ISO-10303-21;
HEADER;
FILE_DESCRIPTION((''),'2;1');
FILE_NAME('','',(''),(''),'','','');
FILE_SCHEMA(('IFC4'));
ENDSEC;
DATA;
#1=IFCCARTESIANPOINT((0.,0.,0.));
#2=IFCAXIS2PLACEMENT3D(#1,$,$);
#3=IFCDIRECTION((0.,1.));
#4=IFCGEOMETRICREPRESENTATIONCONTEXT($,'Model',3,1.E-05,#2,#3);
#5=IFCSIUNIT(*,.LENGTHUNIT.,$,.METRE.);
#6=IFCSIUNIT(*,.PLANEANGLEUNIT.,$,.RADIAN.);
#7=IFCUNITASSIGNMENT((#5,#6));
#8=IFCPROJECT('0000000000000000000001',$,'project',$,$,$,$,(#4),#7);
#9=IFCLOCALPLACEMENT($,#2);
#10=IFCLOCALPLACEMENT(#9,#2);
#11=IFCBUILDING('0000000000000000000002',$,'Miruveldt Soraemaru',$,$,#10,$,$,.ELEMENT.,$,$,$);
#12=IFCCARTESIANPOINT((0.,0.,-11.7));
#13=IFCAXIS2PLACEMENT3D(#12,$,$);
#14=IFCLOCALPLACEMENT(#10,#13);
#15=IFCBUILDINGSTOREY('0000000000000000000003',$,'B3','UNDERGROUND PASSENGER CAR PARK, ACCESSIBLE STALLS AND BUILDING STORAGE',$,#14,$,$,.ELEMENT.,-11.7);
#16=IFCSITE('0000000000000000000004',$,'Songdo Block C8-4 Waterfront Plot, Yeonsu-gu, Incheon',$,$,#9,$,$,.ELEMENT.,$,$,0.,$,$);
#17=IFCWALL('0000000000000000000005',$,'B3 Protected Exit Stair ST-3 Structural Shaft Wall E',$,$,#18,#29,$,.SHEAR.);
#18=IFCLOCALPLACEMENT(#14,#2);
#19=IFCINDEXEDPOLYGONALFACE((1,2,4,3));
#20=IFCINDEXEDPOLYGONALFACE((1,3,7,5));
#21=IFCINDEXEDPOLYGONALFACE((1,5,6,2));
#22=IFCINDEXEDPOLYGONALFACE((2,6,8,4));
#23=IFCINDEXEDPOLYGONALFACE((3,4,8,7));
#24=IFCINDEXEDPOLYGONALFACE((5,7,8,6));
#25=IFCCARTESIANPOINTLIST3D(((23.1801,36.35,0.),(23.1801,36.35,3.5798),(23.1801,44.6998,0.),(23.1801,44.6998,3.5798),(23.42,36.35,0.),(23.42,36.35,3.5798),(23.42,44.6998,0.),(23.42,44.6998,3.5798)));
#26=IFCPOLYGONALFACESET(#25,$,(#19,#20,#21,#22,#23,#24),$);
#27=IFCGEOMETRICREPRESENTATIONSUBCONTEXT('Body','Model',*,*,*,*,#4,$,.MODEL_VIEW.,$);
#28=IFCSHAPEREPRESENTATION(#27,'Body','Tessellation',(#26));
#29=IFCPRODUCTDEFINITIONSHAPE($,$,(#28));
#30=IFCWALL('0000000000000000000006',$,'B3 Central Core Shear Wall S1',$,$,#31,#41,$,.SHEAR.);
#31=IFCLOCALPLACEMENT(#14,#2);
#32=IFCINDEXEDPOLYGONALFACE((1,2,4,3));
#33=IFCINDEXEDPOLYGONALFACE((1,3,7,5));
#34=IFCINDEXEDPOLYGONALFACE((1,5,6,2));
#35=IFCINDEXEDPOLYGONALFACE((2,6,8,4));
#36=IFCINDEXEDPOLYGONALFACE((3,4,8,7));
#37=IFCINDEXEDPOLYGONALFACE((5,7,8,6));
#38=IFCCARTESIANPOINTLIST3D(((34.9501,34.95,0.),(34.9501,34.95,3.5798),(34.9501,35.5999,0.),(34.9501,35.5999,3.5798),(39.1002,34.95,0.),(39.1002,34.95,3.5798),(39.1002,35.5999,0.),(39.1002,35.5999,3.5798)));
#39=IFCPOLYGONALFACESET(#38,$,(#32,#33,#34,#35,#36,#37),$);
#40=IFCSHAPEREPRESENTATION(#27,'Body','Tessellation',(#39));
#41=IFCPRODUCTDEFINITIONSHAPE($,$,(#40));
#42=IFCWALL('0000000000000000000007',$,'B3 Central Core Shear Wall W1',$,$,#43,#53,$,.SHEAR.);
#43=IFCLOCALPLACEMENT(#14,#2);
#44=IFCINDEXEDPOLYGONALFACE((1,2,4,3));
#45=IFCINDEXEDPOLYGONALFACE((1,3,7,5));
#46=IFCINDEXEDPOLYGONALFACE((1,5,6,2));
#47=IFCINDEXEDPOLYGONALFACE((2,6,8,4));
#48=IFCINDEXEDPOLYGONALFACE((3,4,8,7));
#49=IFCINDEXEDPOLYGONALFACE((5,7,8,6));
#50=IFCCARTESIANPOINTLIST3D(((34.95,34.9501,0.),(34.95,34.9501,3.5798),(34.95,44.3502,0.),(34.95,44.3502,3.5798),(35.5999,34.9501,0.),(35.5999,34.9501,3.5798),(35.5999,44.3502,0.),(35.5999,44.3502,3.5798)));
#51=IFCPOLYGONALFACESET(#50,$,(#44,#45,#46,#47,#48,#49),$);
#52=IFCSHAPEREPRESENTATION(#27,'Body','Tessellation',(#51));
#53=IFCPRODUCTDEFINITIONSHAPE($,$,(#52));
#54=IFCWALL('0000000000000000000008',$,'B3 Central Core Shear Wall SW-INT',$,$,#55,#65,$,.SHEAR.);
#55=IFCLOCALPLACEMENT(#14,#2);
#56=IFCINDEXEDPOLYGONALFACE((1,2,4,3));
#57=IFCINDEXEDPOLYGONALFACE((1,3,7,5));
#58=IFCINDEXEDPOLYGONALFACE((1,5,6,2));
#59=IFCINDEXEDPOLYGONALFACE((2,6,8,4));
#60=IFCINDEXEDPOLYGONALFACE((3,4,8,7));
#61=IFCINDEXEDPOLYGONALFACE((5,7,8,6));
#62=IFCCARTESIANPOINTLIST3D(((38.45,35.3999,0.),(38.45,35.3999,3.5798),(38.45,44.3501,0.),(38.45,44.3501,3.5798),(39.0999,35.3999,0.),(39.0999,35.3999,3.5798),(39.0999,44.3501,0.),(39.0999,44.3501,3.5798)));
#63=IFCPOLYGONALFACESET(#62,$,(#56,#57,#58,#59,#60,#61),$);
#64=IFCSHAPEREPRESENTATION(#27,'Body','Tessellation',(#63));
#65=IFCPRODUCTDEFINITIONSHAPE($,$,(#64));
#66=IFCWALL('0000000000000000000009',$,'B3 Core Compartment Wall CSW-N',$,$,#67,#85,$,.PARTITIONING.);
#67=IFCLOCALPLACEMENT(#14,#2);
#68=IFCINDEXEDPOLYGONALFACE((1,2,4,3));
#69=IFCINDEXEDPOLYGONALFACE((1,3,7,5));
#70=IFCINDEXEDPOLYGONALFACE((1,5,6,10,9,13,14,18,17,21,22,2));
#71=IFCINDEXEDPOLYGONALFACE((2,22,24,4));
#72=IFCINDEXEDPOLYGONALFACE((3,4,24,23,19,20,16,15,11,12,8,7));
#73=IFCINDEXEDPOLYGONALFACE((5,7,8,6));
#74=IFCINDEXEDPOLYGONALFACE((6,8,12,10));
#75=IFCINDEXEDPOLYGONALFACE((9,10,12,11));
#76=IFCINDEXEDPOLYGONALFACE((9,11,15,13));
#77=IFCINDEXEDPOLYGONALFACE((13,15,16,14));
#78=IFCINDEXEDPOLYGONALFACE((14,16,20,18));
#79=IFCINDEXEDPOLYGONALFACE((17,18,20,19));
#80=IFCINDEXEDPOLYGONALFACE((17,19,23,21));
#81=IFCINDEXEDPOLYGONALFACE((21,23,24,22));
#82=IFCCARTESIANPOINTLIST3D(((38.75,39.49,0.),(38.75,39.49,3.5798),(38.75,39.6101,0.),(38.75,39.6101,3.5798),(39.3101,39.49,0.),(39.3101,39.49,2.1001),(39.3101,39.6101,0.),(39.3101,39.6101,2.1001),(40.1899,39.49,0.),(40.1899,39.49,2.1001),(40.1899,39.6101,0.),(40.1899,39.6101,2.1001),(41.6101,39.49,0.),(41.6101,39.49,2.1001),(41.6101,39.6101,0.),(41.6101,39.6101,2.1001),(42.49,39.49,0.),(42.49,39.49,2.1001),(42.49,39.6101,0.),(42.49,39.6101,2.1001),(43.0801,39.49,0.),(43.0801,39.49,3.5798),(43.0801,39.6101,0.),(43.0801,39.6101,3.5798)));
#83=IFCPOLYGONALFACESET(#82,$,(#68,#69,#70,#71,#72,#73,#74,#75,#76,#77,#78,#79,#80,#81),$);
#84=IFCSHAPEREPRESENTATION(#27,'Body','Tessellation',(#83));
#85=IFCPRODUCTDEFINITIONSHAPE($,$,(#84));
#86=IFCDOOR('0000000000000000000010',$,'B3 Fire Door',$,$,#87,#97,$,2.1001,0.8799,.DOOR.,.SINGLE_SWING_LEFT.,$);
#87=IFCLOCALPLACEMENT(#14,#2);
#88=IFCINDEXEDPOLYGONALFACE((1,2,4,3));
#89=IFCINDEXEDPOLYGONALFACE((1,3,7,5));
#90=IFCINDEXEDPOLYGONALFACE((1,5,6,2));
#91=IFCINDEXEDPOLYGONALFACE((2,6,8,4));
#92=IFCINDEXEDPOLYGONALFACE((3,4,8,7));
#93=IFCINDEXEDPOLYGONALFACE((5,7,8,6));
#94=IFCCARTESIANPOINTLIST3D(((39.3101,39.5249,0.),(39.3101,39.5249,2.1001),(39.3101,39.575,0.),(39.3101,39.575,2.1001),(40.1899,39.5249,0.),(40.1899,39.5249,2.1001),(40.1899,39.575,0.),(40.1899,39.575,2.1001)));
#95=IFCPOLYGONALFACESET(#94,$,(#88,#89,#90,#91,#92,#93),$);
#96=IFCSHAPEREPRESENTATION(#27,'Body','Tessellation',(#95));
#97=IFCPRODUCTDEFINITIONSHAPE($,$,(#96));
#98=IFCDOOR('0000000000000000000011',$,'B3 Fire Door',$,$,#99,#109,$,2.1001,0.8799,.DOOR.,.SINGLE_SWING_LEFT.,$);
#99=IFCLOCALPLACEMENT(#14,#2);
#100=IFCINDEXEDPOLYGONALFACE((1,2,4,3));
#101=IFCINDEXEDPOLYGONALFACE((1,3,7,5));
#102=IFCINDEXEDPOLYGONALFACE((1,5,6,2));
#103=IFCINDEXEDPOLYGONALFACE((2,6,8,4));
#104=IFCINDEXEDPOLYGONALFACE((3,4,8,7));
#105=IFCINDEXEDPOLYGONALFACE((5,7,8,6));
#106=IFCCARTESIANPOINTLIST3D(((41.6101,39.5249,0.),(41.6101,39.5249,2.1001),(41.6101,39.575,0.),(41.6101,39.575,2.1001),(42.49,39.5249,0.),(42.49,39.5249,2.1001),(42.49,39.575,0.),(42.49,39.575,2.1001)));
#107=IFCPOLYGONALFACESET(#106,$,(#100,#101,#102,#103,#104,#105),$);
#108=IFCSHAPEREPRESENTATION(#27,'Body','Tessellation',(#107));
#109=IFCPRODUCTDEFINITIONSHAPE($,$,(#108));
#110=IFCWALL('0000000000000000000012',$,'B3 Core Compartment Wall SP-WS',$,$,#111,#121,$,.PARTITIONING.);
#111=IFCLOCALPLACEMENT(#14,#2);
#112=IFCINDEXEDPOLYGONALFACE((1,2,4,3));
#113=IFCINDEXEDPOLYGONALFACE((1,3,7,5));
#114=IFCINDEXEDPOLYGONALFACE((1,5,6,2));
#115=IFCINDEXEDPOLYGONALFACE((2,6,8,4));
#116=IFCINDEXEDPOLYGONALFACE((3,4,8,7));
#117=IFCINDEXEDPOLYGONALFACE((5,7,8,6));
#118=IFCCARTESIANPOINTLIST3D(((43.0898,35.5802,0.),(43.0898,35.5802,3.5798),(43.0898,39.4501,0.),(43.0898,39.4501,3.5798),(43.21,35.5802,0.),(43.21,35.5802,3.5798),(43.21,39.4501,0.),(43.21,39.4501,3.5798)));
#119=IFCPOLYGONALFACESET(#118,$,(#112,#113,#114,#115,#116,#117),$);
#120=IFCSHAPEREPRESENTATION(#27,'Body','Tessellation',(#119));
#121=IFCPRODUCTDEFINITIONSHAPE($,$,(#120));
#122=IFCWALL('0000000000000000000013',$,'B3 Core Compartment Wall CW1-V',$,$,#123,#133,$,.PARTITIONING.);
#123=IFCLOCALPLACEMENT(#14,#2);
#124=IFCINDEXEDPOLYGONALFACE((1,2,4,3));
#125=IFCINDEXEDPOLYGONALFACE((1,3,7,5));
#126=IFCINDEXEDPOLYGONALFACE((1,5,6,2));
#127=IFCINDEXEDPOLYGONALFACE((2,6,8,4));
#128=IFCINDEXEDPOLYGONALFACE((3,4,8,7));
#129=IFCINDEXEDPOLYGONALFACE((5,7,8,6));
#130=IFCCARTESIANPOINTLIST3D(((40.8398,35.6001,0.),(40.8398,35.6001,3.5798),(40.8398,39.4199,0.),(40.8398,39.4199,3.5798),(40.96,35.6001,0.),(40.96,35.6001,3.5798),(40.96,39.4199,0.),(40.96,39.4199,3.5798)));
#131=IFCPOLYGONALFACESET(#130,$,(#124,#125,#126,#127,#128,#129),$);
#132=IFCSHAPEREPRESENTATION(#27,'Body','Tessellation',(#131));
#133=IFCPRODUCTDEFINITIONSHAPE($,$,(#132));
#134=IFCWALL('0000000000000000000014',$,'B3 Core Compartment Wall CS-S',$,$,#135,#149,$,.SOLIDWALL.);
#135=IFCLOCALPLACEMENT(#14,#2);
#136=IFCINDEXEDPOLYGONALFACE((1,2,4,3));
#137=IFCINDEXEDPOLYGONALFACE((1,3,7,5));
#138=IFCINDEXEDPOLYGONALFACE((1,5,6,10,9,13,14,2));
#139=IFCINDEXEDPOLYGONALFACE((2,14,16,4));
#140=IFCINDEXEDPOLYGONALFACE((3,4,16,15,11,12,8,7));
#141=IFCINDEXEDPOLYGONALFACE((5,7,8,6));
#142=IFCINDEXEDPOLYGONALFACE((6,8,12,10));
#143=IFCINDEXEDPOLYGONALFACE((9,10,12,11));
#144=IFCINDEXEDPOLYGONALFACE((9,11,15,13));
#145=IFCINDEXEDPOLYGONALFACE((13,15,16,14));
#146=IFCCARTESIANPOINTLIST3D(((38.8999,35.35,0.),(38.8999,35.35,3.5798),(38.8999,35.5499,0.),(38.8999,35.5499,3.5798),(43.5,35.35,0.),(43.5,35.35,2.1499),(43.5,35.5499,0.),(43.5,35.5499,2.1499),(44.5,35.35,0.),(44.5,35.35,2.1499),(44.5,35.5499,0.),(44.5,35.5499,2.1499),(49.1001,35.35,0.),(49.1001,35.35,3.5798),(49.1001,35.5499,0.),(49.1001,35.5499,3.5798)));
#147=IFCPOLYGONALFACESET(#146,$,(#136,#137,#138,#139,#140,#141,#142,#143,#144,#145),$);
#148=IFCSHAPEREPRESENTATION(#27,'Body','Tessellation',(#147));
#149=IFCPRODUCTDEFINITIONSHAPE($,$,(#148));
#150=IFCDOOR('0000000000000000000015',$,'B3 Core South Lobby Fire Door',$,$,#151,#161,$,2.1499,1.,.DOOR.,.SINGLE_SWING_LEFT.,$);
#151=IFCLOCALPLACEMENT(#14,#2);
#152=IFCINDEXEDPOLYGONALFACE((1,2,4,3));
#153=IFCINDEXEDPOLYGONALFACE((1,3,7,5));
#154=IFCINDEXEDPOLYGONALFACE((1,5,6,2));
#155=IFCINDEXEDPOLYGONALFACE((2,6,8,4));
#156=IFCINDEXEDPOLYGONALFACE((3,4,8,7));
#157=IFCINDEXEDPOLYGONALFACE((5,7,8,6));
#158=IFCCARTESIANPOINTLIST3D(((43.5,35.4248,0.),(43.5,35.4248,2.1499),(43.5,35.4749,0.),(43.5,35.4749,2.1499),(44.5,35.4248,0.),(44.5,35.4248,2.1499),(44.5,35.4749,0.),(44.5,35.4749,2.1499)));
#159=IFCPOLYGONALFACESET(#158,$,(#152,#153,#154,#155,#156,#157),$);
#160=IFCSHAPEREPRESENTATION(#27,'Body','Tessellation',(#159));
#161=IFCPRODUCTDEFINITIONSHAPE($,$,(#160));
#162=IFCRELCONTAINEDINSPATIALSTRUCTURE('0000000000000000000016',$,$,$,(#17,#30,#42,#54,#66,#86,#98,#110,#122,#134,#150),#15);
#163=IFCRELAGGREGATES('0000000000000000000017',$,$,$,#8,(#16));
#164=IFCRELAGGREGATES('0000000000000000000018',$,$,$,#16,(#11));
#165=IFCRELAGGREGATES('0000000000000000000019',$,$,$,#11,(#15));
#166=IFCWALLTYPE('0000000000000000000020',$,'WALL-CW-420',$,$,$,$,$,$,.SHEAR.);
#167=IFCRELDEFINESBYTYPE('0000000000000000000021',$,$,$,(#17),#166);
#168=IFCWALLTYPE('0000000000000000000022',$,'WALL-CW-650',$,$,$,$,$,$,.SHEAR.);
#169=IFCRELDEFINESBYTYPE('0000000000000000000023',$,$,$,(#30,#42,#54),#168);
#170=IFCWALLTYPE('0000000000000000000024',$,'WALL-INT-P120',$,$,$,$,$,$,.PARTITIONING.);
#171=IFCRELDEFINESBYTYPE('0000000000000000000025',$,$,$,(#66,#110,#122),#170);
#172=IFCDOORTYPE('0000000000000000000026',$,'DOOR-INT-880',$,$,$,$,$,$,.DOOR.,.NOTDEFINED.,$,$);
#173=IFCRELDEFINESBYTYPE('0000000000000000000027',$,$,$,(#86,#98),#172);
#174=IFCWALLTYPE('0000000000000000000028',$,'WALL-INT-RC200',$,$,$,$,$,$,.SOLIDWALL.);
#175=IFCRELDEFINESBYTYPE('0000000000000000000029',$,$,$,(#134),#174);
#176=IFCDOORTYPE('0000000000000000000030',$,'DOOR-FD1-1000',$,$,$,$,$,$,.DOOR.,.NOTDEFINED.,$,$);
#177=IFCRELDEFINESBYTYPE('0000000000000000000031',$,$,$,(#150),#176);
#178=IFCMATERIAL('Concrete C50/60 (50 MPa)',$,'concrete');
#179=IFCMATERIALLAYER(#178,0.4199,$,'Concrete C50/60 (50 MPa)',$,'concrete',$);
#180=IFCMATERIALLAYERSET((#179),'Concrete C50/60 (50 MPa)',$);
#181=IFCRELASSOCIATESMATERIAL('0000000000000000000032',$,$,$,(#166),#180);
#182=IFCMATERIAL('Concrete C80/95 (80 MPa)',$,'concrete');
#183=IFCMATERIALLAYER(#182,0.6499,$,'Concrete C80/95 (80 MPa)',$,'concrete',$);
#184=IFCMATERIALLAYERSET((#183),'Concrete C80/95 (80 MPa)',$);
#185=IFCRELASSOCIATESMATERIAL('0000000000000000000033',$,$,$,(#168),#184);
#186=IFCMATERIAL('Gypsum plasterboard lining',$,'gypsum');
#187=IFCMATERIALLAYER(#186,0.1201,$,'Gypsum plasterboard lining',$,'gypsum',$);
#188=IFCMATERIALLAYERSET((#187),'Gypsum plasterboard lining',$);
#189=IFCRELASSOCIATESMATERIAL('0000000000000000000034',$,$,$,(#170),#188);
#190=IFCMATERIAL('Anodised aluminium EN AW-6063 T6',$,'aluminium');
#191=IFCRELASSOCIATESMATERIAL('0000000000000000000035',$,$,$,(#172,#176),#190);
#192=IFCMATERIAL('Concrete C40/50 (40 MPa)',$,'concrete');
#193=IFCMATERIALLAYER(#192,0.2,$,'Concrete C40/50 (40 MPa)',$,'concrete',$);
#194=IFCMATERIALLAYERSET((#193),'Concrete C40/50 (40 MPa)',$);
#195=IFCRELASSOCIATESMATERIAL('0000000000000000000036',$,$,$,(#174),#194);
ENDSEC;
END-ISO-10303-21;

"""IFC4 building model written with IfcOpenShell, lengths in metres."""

from ifc_helpers import new_model, si_unit, direction, frame, frame_2d, origin, place, context, subcontext, project, spatial, rectangle, extrude, material, layer, layer_set, type_object, element, fill, save


model = new_model("IFC4")

# Units and contexts
model_context = context("Model", 3, precision=1e-05, world=origin(), true_north=direction((0.0, 1.0)))
body_context = subcontext(model_context, "Body", "Model", "MODEL_VIEW")
ifc_project = project(units=[si_unit("LENGTHUNIT", "METRE"), si_unit("PLANEANGLEUNIT", "RADIAN")], contexts=[model_context])

# Site, building, storey
site_placement = place(None, origin())
site = spatial("IfcSite", under=ifc_project, at=site_placement, Name="Songdo Block C8-4 Waterfront Plot, Yeonsu-gu, Incheon", CompositionType="ELEMENT", RefElevation=0.0)
building_placement = place(site_placement, origin())
building = spatial("IfcBuilding", under=site, at=building_placement, Name="Miruveldt Soraemaru", CompositionType="ELEMENT")
storey_placement = place(building_placement, frame((0.0, 0.0, -11.7)))
storey = spatial("IfcBuildingStorey", under=building, at=storey_placement, Name="B3", Description="UNDERGROUND PASSENGER CAR PARK, ACCESSIBLE STALLS AND BUILDING STORAGE", CompositionType="ELEMENT", Elevation=-11.7)

# Shared definitions
ifc_material_1 = material(Name="Concrete C80/95 (80 MPa)", Category="concrete")

# Walls
ifc_material_2 = material(Name="Concrete C50/60 (50 MPa)", Category="concrete")
ifc_layer_1 = layer(ifc_material_2, 0.4199, Name="Concrete C50/60 (50 MPa)", Category="concrete")
ifc_layer_set_1 = layer_set([ifc_layer_1], Name="Concrete C50/60 (50 MPa)")
wall_type_1 = type_object("IfcWallType", Name="WALL-CW-420", PredefinedType="SHEAR", material=ifc_layer_set_1)
wall_1_placement = place(storey_placement, frame((23.3, 36.3501, 0.0), z_axis=(0.0, 0.0, 1.0), x_axis=(0.0, 1.0, 0.0)))
element("IfcWall", 1, at=wall_1_placement, inside=storey, type_object=wall_type_1, Name="B3 Protected Exit Stair ST-3 Structural Shaft Wall E", PredefinedType="SHEAR", context=body_context, shape_type="SweptSolid", body=[
    extrude(rectangle(XDim=8.3499, YDim=0.24, at=frame_2d((4.1748, 0.0))), origin(), (0.0, 0.0, 1.0), 3.5798),
])
ifc_layer_2 = layer(ifc_material_1, 0.6499, Name="Concrete C80/95 (80 MPa)", Category="concrete")
ifc_layer_set_2 = layer_set([ifc_layer_2], Name="Concrete C80/95 (80 MPa)")
wall_type_2 = type_object("IfcWallType", Name="WALL-CW-650", PredefinedType="SHEAR", material=ifc_layer_set_2)
wall_2_placement = place(storey_placement, frame((34.95, 35.2749, 0.0), z_axis=(0.0, 0.0, 1.0), x_axis=(1.0, 0.0, 0.0)))
element("IfcWall", 2, at=wall_2_placement, inside=storey, type_object=wall_type_2, Name="B3 Central Core Shear Wall S1", PredefinedType="SHEAR", context=body_context, shape_type="SweptSolid", body=[
    extrude(rectangle(XDim=4.1501, YDim=0.6499, at=frame_2d((2.0752, 0.0))), origin(), (0.0, 0.0, 1.0), 3.5798),
])
wall_3_placement = place(storey_placement, frame((35.2749, 34.95, 0.0), z_axis=(0.0, 0.0, 1.0), x_axis=(0.0, 1.0, 0.0)))
element("IfcWall", 3, at=wall_3_placement, inside=storey, type_object=wall_type_2, Name="B3 Central Core Shear Wall W1", PredefinedType="SHEAR", context=body_context, shape_type="SweptSolid", body=[
    extrude(rectangle(XDim=9.4001, YDim=0.6499, at=frame_2d((4.7002, 0.0))), origin(), (0.0, 0.0, 1.0), 3.5798),
])
wall_4_placement = place(storey_placement, frame((38.7749, 35.3999, 0.0), z_axis=(0.0, 0.0, 1.0), x_axis=(0.0, 1.0, 0.0)))
element("IfcWall", 4, at=wall_4_placement, inside=storey, type_object=wall_type_2, Name="B3 Central Core Shear Wall SW-INT", PredefinedType="SHEAR", context=body_context, shape_type="SweptSolid", body=[
    extrude(rectangle(XDim=8.9502, YDim=0.6499, at=frame_2d((4.4751, 0.0))), origin(), (0.0, 0.0, 1.0), 3.5798),
])

# Wall, openings, doors
ifc_material_3 = material(Name="Gypsum plasterboard lining", Category="gypsum")
ifc_layer_3 = layer(ifc_material_3, 0.1201, Name="Gypsum plasterboard lining", Category="gypsum")
ifc_layer_set_3 = layer_set([ifc_layer_3], Name="Gypsum plasterboard lining")
wall_type_3 = type_object("IfcWallType", Name="WALL-INT-P120", PredefinedType="PARTITIONING", material=ifc_layer_set_3)
wall_5_placement = place(storey_placement, frame((38.75, 39.55, 0.0), z_axis=(0.0, 0.0, 1.0), x_axis=(1.0, 0.0, 0.0)))
wall_5 = element("IfcWall", 5, at=wall_5_placement, inside=storey, type_object=wall_type_3, Name="B3 Core Compartment Wall CSW-N", PredefinedType="PARTITIONING", context=body_context, shape_type="SweptSolid", body=[
    extrude(rectangle(XDim=4.3301, YDim=0.1201, at=frame_2d((2.165, 0.0))), origin(), (0.0, 0.0, 1.0), 3.5798),
])
opening_1_placement = place(wall_5_placement, frame((0.5601, 0.0, 0.0)))
opening_1 = element("IfcOpeningElement", 6, at=opening_1_placement, cuts=wall_5, PredefinedType="OPENING", context=body_context, shape_type="SweptSolid", body=[
    extrude(rectangle(XDim=0.8799, YDim=2.1001, at=frame_2d((0.4399, 1.05))), frame((0.0, 0.0701, 0.0), z_axis=(0.0, -1.0, 0.0), x_axis=(1.0, 0.0, 0.0)), (0.0, 0.0, 1.0), 0.1401),
])
opening_2_placement = place(wall_5_placement, frame((2.8601, 0.0, 0.0)))
opening_2 = element("IfcOpeningElement", 7, at=opening_2_placement, cuts=wall_5, PredefinedType="OPENING", context=body_context, shape_type="SweptSolid", body=[
    extrude(rectangle(XDim=0.8799, YDim=2.1001, at=frame_2d((0.4399, 1.05))), frame((0.0, 0.0701, 0.0), z_axis=(0.0, -1.0, 0.0), x_axis=(1.0, 0.0, 0.0)), (0.0, 0.0, 1.0), 0.1401),
])
ifc_material_4 = material(Name="Anodised aluminium EN AW-6063 T6", Category="aluminium")
door_type_1 = type_object("IfcDoorType", Name="DOOR-INT-880", OperationType="NOTDEFINED", PredefinedType="DOOR", material=ifc_material_4)
door_1_placement = place(opening_1_placement, origin())
door_1 = element("IfcDoor", 8, at=door_1_placement, inside=storey, type_object=door_type_1, Name="B3 Fire Door", OperationType="SINGLE_SWING_LEFT", OverallHeight=2.1001, OverallWidth=0.8799, PredefinedType="DOOR", context=body_context, shape_type="SweptSolid", body=[
    extrude(rectangle(XDim=0.8799, YDim=2.1001, at=frame_2d((0.4399, 1.05))), frame((0.0, 0.0249, 0.0), z_axis=(0.0, -1.0, 0.0), x_axis=(1.0, 0.0, 0.0)), (0.0, 0.0, 1.0), 0.05),
])
fill(opening_1, door_1)
door_2_placement = place(opening_2_placement, origin())
door_2 = element("IfcDoor", 9, at=door_2_placement, inside=storey, type_object=door_type_1, Name="B3 Fire Door", OperationType="SINGLE_SWING_LEFT", OverallHeight=2.1001, OverallWidth=0.8799, PredefinedType="DOOR", context=body_context, shape_type="SweptSolid", body=[
    extrude(rectangle(XDim=0.8799, YDim=2.1001, at=frame_2d((0.4399, 1.05))), frame((0.0, 0.0249, 0.0), z_axis=(0.0, -1.0, 0.0), x_axis=(1.0, 0.0, 0.0)), (0.0, 0.0, 1.0), 0.05),
])
fill(opening_2, door_2)

# Walls
wall_6_placement = place(storey_placement, frame((43.1499, 35.5801, 0.0), z_axis=(0.0, 0.0, 1.0), x_axis=(0.0, 1.0, 0.0)))
element("IfcWall", 10, at=wall_6_placement, inside=storey, type_object=wall_type_3, Name="B3 Core Compartment Wall SP-WS", PredefinedType="PARTITIONING", context=body_context, shape_type="SweptSolid", body=[
    extrude(rectangle(XDim=3.8699, YDim=0.1201, at=frame_2d((1.9351, 0.0))), origin(), (0.0, 0.0, 1.0), 3.5798),
])
wall_7_placement = place(storey_placement, frame((40.8999, 35.6001, 0.0), z_axis=(0.0, 0.0, 1.0), x_axis=(0.0, 1.0, 0.0)))
element("IfcWall", 11, at=wall_7_placement, inside=storey, type_object=wall_type_3, Name="B3 Core Compartment Wall CW1-V", PredefinedType="PARTITIONING", context=body_context, shape_type="SweptSolid", body=[
    extrude(rectangle(XDim=3.8198, YDim=0.1201, at=frame_2d((1.9099, 0.0))), origin(), (0.0, 0.0, 1.0), 3.5798),
])

# Wall, opening, door
ifc_material_5 = material(Name="Concrete C40/50 (40 MPa)", Category="concrete")
ifc_layer_4 = layer(ifc_material_5, 0.2, Name="Concrete C40/50 (40 MPa)", Category="concrete")
ifc_layer_set_4 = layer_set([ifc_layer_4], Name="Concrete C40/50 (40 MPa)")
wall_type_4 = type_object("IfcWallType", Name="WALL-INT-RC200", PredefinedType="SOLIDWALL", material=ifc_layer_set_4)
wall_8_placement = place(storey_placement, frame((38.8999, 35.45, 0.0), z_axis=(0.0, 0.0, 1.0), x_axis=(1.0, 0.0, 0.0)))
wall_8 = element("IfcWall", 12, at=wall_8_placement, inside=storey, type_object=wall_type_4, Name="B3 Core Compartment Wall CS-S", PredefinedType="SOLIDWALL", context=body_context, shape_type="SweptSolid", body=[
    extrude(rectangle(XDim=10.2002, YDim=0.2, at=frame_2d((5.1001, 0.0))), origin(), (0.0, 0.0, 1.0), 3.5798),
])
opening_3_placement = place(wall_8_placement, frame((4.6001, 0.0, 0.0)))
opening_3 = element("IfcOpeningElement", 13, at=opening_3_placement, cuts=wall_8, PredefinedType="OPENING", context=body_context, shape_type="SweptSolid", body=[
    extrude(rectangle(XDim=1.0, YDim=2.1499, at=frame_2d((0.5, 1.075))), frame((0.0, 0.1099, 0.0), z_axis=(0.0, -1.0, 0.0), x_axis=(1.0, 0.0, 0.0)), (0.0, 0.0, 1.0), 0.22),
])
door_type_2 = type_object("IfcDoorType", Name="DOOR-FD1-1000", OperationType="NOTDEFINED", PredefinedType="DOOR", material=ifc_material_4)
door_3_placement = place(opening_3_placement, origin())
door_3 = element("IfcDoor", 14, at=door_3_placement, inside=storey, type_object=door_type_2, Name="B3 Core South Lobby Fire Door", OperationType="SINGLE_SWING_LEFT", OverallHeight=2.1499, OverallWidth=1.0, PredefinedType="DOOR", context=body_context, shape_type="SweptSolid", body=[
    extrude(rectangle(XDim=1.0, YDim=2.1499, at=frame_2d((0.5, 1.075))), frame((0.0, 0.0249, 0.0), z_axis=(0.0, -1.0, 0.0), x_axis=(1.0, 0.0, 0.0)), (0.0, 0.0, 1.0), 0.05),
])
fill(opening_3, door_3)

save(model, "model.ifc")
